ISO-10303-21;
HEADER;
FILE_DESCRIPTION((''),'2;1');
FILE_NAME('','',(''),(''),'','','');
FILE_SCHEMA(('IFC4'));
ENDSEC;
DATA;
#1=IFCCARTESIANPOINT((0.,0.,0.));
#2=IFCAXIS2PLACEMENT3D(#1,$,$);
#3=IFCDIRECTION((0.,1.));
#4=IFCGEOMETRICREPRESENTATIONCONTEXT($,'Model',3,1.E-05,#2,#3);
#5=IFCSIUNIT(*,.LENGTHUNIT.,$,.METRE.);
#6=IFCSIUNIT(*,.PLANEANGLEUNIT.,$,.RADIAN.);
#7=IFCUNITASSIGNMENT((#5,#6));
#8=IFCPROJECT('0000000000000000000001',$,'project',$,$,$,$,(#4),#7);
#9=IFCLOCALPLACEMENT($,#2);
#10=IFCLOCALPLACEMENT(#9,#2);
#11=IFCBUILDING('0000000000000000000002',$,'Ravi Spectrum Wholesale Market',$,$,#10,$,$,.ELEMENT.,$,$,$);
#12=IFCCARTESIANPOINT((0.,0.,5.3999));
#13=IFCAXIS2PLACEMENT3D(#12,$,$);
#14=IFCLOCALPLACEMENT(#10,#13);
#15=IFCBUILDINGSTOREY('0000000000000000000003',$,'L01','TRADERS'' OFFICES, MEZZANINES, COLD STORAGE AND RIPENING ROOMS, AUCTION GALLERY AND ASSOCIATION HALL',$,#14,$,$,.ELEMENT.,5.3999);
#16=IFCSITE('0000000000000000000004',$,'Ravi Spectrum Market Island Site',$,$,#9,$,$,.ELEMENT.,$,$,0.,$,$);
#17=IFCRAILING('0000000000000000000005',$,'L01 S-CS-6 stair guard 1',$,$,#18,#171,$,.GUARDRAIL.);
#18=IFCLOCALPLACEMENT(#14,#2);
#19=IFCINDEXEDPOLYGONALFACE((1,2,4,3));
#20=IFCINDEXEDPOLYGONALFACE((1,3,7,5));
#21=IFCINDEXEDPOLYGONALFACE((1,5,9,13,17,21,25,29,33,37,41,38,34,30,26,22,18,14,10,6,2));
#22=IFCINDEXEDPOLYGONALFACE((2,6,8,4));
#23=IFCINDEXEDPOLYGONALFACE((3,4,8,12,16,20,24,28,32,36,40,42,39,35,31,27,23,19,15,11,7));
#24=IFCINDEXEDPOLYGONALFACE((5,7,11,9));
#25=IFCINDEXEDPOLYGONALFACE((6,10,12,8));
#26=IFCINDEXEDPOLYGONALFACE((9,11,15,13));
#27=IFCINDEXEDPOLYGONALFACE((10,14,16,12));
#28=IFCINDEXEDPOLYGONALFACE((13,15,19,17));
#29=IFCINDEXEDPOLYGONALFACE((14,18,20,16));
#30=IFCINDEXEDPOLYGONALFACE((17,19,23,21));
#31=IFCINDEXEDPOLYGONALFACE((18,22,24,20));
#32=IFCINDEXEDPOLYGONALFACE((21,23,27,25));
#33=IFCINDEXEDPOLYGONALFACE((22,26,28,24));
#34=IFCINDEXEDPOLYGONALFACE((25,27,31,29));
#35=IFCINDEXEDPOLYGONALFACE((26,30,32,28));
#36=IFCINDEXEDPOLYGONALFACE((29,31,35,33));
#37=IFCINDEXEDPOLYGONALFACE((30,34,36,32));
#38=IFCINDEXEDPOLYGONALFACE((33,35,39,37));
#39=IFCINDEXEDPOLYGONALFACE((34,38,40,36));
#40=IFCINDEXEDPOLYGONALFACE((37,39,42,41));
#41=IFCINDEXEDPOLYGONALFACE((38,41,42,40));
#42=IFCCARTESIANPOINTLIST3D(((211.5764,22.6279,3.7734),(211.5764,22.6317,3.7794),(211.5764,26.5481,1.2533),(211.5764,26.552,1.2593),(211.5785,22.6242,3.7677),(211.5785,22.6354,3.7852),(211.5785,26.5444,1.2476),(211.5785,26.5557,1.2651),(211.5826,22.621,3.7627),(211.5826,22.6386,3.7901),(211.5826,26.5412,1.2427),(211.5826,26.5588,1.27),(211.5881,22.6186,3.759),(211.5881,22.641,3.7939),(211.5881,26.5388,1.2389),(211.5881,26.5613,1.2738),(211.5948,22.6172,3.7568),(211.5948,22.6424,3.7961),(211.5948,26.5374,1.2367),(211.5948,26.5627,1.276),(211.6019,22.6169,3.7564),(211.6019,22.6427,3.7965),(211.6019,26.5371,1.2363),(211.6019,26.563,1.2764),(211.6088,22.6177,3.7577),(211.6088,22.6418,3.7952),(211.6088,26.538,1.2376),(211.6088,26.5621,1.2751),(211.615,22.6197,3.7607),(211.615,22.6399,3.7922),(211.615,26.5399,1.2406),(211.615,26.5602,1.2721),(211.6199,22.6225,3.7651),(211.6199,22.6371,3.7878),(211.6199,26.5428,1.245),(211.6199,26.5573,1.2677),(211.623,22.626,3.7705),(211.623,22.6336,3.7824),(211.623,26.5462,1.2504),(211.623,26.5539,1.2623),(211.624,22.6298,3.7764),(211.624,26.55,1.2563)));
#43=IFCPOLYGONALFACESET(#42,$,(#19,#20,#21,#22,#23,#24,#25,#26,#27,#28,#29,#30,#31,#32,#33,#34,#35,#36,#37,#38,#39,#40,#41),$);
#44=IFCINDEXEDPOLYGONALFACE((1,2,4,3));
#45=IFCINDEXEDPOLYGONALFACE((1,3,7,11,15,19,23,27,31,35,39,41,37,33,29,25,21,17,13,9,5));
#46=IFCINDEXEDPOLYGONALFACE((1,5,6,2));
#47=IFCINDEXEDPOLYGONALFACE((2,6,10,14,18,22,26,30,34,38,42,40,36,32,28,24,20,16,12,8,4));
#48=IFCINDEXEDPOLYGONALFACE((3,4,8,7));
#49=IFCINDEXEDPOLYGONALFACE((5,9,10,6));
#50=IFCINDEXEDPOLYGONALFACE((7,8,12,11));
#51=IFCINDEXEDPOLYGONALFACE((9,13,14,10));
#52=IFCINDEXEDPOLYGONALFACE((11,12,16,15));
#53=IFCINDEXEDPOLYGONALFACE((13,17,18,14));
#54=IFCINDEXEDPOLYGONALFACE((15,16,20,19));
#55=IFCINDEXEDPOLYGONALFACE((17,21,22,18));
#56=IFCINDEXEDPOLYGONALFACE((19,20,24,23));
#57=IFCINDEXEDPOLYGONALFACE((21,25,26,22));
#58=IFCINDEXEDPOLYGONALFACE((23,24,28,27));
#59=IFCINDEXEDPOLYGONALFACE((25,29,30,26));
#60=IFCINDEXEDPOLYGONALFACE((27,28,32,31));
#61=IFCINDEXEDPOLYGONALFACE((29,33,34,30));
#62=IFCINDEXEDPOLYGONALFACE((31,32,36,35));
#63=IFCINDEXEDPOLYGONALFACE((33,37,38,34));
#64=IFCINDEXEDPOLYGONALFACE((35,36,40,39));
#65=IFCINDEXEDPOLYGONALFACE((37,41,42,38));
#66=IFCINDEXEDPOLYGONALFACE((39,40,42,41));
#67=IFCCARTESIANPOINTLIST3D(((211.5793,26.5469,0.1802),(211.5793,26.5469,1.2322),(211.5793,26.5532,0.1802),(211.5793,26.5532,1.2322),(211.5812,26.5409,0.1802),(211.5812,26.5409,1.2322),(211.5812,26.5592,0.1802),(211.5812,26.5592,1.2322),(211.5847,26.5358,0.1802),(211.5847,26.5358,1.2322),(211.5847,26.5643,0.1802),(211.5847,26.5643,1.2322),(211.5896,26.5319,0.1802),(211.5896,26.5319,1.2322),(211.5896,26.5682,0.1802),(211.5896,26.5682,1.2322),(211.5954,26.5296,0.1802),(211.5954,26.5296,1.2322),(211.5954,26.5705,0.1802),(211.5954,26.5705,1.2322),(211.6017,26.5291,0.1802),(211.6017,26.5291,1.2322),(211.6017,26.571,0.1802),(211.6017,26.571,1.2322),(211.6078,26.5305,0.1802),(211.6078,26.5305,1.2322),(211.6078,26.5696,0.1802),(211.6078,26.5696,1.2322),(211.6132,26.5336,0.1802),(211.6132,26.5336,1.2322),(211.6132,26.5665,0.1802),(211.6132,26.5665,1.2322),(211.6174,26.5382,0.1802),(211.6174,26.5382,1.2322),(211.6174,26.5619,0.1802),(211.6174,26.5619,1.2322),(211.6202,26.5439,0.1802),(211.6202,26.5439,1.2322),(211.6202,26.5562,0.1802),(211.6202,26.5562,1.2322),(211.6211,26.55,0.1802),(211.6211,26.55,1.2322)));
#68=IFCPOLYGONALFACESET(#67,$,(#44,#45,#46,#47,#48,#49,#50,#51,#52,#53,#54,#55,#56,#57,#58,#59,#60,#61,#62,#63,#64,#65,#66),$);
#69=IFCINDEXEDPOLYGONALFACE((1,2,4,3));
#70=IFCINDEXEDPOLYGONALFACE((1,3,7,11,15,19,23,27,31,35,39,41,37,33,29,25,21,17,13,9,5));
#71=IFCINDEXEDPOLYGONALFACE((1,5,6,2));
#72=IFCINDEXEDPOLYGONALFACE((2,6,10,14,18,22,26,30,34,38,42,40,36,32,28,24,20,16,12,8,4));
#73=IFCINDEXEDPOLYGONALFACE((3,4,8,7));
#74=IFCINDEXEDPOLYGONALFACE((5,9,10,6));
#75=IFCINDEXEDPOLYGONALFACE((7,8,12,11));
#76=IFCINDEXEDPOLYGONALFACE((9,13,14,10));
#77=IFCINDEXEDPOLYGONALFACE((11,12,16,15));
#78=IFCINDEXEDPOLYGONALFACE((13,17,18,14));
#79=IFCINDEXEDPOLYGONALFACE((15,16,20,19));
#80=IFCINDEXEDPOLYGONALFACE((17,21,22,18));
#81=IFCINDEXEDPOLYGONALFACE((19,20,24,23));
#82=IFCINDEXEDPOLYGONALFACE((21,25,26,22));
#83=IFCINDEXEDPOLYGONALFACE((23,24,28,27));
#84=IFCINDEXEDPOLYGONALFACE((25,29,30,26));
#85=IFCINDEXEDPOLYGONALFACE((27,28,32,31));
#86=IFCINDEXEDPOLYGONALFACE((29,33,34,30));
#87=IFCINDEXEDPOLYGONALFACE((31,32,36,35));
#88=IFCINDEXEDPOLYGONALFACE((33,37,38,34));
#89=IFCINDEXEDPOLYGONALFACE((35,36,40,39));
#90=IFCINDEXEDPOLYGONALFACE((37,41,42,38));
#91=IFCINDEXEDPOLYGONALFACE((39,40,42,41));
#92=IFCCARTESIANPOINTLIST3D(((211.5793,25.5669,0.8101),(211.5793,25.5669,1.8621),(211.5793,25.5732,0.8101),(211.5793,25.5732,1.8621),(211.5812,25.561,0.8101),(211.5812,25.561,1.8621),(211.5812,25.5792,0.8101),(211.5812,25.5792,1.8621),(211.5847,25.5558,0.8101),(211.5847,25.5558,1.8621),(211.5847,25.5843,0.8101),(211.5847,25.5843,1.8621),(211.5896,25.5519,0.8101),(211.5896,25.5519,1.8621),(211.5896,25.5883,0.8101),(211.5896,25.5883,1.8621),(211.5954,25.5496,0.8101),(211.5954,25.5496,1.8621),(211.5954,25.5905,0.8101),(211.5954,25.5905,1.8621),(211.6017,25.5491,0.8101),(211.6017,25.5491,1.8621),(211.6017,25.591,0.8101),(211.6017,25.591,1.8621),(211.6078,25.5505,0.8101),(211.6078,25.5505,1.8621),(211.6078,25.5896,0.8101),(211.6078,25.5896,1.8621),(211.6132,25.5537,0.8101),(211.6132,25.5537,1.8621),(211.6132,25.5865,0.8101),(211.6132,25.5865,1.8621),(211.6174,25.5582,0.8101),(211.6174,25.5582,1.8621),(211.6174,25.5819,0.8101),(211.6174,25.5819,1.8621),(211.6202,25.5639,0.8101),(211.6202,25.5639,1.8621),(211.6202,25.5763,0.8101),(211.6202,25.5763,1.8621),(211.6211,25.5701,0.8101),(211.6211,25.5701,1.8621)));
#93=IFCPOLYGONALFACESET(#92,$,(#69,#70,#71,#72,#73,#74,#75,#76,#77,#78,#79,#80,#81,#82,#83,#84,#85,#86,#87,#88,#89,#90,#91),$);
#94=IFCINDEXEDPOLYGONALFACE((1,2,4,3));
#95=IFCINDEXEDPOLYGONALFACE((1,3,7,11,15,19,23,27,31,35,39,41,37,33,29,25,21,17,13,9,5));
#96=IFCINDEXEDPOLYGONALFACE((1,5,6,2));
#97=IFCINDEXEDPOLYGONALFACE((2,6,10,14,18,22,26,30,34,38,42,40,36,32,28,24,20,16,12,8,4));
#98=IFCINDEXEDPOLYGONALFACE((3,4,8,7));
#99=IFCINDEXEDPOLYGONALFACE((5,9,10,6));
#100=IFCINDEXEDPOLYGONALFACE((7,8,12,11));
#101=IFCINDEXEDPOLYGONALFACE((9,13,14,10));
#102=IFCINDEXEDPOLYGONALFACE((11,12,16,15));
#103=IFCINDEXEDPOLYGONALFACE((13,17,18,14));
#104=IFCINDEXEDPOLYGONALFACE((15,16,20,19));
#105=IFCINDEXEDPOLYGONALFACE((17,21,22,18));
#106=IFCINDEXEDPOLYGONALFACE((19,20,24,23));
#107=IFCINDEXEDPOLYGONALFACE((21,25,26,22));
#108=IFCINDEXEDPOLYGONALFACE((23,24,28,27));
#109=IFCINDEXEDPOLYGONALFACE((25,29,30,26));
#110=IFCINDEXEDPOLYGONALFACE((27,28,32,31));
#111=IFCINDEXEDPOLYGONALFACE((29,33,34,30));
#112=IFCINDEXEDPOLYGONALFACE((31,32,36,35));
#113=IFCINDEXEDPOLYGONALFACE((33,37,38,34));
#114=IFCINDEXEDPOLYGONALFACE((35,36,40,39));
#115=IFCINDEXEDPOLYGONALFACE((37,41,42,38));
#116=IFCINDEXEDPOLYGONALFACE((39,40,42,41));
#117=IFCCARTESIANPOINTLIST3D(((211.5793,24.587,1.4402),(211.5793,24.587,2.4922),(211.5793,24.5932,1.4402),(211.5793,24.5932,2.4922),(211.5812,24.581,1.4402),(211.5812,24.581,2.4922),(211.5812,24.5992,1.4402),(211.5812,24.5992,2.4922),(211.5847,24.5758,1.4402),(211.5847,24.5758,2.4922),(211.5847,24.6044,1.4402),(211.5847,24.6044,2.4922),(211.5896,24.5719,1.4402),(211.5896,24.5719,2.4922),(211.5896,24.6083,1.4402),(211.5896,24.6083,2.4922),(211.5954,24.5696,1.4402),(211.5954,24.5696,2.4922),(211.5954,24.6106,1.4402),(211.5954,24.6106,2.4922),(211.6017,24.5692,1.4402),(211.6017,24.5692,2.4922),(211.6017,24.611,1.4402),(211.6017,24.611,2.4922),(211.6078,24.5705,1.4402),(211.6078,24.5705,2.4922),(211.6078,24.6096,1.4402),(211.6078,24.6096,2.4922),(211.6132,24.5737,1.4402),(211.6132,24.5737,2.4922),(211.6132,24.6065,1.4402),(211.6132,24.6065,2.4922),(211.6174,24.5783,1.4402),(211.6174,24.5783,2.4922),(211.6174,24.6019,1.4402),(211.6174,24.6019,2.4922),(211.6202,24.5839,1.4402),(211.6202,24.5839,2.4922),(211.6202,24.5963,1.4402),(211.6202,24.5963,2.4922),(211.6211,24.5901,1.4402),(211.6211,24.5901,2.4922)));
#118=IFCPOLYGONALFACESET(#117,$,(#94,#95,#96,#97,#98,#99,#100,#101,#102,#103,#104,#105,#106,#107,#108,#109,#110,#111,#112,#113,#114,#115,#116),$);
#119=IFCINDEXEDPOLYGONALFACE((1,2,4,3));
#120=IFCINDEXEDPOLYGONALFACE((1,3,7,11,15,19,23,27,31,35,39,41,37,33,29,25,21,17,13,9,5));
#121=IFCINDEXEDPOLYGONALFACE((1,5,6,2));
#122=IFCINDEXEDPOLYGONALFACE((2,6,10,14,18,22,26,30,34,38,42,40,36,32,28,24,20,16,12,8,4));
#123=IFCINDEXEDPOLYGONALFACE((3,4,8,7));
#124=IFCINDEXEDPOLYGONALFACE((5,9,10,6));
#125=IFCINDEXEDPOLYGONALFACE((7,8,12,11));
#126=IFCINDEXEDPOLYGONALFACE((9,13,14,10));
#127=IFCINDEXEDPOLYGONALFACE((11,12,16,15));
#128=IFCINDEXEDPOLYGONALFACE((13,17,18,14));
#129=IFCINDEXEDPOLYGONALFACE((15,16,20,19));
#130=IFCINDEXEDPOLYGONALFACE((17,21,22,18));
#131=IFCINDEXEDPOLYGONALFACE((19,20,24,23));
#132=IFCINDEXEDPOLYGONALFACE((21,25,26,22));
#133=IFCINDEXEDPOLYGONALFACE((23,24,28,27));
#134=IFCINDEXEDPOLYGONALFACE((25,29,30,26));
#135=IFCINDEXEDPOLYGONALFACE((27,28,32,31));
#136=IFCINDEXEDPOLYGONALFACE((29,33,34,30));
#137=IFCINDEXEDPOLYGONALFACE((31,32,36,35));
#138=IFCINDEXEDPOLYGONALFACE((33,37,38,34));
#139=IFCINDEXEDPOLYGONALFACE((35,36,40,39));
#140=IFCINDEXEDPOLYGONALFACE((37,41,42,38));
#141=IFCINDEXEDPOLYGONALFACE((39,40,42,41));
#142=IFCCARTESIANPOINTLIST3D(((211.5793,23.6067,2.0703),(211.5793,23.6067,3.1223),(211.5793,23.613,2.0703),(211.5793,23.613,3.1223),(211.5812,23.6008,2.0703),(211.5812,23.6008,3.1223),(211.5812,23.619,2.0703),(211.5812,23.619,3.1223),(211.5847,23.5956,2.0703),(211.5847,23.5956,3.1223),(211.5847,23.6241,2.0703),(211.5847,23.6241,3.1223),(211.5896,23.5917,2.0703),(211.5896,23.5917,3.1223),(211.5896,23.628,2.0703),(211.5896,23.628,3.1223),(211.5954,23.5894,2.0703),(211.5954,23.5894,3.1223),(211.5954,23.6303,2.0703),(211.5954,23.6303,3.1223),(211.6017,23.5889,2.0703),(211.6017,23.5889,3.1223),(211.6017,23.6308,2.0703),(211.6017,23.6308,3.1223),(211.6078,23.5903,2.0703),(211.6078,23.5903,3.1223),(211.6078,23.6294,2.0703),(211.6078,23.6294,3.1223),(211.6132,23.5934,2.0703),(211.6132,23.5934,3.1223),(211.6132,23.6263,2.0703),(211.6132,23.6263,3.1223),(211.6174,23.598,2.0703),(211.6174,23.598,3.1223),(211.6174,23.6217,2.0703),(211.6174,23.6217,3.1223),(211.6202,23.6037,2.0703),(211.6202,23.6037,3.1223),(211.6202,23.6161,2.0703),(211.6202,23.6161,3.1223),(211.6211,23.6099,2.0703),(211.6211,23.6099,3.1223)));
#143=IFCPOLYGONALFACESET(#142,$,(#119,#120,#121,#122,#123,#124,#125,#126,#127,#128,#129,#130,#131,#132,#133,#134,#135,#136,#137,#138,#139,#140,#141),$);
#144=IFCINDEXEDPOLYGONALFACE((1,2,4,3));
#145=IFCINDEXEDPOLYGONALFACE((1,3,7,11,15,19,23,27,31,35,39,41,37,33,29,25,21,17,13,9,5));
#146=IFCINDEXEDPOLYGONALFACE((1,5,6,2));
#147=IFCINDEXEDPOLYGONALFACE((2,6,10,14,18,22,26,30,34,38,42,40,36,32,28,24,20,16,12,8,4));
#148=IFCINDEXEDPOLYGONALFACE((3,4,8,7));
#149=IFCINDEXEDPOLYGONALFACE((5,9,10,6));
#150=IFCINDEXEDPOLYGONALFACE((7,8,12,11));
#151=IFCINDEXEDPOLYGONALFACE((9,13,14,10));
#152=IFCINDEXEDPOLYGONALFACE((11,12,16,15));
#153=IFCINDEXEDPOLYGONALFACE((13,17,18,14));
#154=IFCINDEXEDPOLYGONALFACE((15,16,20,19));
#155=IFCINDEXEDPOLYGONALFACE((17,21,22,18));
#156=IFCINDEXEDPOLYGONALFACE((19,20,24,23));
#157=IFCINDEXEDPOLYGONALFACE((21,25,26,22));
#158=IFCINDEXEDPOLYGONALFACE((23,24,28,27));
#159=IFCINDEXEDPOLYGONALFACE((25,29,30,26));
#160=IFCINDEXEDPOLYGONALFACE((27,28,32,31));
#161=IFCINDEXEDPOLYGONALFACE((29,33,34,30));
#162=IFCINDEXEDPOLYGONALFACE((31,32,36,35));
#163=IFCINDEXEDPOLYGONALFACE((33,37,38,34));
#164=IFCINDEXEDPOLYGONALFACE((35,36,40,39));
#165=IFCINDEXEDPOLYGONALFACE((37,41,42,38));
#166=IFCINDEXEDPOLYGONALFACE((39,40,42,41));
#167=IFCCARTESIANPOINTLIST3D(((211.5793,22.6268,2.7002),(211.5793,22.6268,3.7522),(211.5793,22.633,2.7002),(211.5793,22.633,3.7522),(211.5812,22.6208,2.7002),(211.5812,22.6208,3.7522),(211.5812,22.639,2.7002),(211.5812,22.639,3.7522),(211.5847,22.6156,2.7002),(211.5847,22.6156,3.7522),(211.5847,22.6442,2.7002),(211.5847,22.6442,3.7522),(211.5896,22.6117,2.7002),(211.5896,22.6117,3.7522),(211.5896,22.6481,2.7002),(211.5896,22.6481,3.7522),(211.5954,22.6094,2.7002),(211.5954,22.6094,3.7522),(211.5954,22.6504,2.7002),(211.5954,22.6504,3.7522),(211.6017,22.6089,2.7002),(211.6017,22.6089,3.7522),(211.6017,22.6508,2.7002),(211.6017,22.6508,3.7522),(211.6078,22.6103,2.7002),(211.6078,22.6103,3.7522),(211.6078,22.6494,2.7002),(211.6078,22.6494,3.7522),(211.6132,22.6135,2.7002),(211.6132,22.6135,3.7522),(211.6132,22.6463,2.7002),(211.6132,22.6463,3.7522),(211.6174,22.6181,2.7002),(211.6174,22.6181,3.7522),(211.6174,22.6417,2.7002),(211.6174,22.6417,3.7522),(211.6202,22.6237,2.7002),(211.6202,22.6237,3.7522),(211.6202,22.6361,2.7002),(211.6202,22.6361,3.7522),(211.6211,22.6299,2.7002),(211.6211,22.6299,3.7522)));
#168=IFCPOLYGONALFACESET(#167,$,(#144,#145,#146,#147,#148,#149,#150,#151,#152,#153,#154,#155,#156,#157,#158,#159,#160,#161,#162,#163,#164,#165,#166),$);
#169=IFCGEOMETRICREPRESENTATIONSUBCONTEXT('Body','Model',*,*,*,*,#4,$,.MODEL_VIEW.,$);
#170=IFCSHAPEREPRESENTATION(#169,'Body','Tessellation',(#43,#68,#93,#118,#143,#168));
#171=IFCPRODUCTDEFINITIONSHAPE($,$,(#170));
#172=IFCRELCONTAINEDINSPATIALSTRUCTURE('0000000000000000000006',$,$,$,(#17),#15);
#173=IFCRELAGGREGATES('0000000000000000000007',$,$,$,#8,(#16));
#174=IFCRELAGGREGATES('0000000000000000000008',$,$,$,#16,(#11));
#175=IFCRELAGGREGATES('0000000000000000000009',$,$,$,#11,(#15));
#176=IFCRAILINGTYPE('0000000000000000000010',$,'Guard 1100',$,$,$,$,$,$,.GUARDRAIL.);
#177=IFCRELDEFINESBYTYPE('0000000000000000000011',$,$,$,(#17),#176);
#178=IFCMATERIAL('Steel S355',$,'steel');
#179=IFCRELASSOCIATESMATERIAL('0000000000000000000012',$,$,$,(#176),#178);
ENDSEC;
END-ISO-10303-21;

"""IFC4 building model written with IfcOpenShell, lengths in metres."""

from ifc_helpers import new_model, si_unit, direction, frame, origin, origin_2d, place, context, subcontext, project, spatial, circle, extrude, material, type_object, element, save


model = new_model("IFC4")

# Units and contexts
model_context = context("Model", 3, precision=1e-05, world=origin(), true_north=direction((0.0, 1.0)))
body_context = subcontext(model_context, "Body", "Model", "MODEL_VIEW")
ifc_project = project(units=[si_unit("LENGTHUNIT", "METRE"), si_unit("PLANEANGLEUNIT", "RADIAN")], contexts=[model_context])

# Site, building, storey
site_placement = place(None, origin())
site = spatial("IfcSite", under=ifc_project, at=site_placement, Name="Ravi Spectrum Market Island Site", CompositionType="ELEMENT", RefElevation=0.0)
building_placement = place(site_placement, origin())
building = spatial("IfcBuilding", under=site, at=building_placement, Name="Ravi Spectrum Wholesale Market", CompositionType="ELEMENT")
storey_placement = place(building_placement, frame((0.0, 0.0, 5.3999)))
storey = spatial("IfcBuildingStorey", under=building, at=storey_placement, Name="L01", Description="TRADERS' OFFICES, MEZZANINES, COLD STORAGE AND RIPENING ROOMS, AUCTION GALLERY AND ASSOCIATION HALL", CompositionType="ELEMENT", Elevation=5.3999)

# Railing
ifc_material_1 = material(Name="Steel S355", Category="steel")
railing_type_1 = type_object("IfcRailingType", Name="Guard 1100", PredefinedType="GUARDRAIL", material=ifc_material_1)
railing_1_placement = place(storey_placement, frame((211.6001, 26.55, 0.1802)))
element("IfcRailing", 1, at=railing_1_placement, inside=storey, type_object=railing_type_1, Name="L01 S-CS-6 stair guard 1", PredefinedType="GUARDRAIL", context=body_context, shape_type="SweptSolid", body=[
    extrude(circle(Radius=0.0239, at=origin_2d()), frame((0.0, 0.0, 1.0762), z_axis=(0.0, -0.841187, 0.540744), x_axis=(1.0, 0.0, 0.0)), (0.0, 0.0, 1.0), 4.6604),
    extrude(circle(Radius=0.021, at=origin_2d()), origin(), (0.0, 0.0, 1.0), 1.052),
    extrude(circle(Radius=0.021, at=origin_2d()), frame((0.0, -0.98, 0.6299)), (0.0, 0.0, 1.0), 1.052),
    extrude(circle(Radius=0.021, at=origin_2d()), frame((0.0, -1.96, 1.26)), (0.0, 0.0, 1.0), 1.052),
    extrude(circle(Radius=0.021, at=origin_2d()), frame((0.0, -2.9402, 1.8901)), (0.0, 0.0, 1.0), 1.052),
    extrude(circle(Radius=0.021, at=origin_2d()), frame((0.0, -3.9202, 2.52)), (0.0, 0.0, 1.0), 1.052),
])

save(model, "model.ifc")
